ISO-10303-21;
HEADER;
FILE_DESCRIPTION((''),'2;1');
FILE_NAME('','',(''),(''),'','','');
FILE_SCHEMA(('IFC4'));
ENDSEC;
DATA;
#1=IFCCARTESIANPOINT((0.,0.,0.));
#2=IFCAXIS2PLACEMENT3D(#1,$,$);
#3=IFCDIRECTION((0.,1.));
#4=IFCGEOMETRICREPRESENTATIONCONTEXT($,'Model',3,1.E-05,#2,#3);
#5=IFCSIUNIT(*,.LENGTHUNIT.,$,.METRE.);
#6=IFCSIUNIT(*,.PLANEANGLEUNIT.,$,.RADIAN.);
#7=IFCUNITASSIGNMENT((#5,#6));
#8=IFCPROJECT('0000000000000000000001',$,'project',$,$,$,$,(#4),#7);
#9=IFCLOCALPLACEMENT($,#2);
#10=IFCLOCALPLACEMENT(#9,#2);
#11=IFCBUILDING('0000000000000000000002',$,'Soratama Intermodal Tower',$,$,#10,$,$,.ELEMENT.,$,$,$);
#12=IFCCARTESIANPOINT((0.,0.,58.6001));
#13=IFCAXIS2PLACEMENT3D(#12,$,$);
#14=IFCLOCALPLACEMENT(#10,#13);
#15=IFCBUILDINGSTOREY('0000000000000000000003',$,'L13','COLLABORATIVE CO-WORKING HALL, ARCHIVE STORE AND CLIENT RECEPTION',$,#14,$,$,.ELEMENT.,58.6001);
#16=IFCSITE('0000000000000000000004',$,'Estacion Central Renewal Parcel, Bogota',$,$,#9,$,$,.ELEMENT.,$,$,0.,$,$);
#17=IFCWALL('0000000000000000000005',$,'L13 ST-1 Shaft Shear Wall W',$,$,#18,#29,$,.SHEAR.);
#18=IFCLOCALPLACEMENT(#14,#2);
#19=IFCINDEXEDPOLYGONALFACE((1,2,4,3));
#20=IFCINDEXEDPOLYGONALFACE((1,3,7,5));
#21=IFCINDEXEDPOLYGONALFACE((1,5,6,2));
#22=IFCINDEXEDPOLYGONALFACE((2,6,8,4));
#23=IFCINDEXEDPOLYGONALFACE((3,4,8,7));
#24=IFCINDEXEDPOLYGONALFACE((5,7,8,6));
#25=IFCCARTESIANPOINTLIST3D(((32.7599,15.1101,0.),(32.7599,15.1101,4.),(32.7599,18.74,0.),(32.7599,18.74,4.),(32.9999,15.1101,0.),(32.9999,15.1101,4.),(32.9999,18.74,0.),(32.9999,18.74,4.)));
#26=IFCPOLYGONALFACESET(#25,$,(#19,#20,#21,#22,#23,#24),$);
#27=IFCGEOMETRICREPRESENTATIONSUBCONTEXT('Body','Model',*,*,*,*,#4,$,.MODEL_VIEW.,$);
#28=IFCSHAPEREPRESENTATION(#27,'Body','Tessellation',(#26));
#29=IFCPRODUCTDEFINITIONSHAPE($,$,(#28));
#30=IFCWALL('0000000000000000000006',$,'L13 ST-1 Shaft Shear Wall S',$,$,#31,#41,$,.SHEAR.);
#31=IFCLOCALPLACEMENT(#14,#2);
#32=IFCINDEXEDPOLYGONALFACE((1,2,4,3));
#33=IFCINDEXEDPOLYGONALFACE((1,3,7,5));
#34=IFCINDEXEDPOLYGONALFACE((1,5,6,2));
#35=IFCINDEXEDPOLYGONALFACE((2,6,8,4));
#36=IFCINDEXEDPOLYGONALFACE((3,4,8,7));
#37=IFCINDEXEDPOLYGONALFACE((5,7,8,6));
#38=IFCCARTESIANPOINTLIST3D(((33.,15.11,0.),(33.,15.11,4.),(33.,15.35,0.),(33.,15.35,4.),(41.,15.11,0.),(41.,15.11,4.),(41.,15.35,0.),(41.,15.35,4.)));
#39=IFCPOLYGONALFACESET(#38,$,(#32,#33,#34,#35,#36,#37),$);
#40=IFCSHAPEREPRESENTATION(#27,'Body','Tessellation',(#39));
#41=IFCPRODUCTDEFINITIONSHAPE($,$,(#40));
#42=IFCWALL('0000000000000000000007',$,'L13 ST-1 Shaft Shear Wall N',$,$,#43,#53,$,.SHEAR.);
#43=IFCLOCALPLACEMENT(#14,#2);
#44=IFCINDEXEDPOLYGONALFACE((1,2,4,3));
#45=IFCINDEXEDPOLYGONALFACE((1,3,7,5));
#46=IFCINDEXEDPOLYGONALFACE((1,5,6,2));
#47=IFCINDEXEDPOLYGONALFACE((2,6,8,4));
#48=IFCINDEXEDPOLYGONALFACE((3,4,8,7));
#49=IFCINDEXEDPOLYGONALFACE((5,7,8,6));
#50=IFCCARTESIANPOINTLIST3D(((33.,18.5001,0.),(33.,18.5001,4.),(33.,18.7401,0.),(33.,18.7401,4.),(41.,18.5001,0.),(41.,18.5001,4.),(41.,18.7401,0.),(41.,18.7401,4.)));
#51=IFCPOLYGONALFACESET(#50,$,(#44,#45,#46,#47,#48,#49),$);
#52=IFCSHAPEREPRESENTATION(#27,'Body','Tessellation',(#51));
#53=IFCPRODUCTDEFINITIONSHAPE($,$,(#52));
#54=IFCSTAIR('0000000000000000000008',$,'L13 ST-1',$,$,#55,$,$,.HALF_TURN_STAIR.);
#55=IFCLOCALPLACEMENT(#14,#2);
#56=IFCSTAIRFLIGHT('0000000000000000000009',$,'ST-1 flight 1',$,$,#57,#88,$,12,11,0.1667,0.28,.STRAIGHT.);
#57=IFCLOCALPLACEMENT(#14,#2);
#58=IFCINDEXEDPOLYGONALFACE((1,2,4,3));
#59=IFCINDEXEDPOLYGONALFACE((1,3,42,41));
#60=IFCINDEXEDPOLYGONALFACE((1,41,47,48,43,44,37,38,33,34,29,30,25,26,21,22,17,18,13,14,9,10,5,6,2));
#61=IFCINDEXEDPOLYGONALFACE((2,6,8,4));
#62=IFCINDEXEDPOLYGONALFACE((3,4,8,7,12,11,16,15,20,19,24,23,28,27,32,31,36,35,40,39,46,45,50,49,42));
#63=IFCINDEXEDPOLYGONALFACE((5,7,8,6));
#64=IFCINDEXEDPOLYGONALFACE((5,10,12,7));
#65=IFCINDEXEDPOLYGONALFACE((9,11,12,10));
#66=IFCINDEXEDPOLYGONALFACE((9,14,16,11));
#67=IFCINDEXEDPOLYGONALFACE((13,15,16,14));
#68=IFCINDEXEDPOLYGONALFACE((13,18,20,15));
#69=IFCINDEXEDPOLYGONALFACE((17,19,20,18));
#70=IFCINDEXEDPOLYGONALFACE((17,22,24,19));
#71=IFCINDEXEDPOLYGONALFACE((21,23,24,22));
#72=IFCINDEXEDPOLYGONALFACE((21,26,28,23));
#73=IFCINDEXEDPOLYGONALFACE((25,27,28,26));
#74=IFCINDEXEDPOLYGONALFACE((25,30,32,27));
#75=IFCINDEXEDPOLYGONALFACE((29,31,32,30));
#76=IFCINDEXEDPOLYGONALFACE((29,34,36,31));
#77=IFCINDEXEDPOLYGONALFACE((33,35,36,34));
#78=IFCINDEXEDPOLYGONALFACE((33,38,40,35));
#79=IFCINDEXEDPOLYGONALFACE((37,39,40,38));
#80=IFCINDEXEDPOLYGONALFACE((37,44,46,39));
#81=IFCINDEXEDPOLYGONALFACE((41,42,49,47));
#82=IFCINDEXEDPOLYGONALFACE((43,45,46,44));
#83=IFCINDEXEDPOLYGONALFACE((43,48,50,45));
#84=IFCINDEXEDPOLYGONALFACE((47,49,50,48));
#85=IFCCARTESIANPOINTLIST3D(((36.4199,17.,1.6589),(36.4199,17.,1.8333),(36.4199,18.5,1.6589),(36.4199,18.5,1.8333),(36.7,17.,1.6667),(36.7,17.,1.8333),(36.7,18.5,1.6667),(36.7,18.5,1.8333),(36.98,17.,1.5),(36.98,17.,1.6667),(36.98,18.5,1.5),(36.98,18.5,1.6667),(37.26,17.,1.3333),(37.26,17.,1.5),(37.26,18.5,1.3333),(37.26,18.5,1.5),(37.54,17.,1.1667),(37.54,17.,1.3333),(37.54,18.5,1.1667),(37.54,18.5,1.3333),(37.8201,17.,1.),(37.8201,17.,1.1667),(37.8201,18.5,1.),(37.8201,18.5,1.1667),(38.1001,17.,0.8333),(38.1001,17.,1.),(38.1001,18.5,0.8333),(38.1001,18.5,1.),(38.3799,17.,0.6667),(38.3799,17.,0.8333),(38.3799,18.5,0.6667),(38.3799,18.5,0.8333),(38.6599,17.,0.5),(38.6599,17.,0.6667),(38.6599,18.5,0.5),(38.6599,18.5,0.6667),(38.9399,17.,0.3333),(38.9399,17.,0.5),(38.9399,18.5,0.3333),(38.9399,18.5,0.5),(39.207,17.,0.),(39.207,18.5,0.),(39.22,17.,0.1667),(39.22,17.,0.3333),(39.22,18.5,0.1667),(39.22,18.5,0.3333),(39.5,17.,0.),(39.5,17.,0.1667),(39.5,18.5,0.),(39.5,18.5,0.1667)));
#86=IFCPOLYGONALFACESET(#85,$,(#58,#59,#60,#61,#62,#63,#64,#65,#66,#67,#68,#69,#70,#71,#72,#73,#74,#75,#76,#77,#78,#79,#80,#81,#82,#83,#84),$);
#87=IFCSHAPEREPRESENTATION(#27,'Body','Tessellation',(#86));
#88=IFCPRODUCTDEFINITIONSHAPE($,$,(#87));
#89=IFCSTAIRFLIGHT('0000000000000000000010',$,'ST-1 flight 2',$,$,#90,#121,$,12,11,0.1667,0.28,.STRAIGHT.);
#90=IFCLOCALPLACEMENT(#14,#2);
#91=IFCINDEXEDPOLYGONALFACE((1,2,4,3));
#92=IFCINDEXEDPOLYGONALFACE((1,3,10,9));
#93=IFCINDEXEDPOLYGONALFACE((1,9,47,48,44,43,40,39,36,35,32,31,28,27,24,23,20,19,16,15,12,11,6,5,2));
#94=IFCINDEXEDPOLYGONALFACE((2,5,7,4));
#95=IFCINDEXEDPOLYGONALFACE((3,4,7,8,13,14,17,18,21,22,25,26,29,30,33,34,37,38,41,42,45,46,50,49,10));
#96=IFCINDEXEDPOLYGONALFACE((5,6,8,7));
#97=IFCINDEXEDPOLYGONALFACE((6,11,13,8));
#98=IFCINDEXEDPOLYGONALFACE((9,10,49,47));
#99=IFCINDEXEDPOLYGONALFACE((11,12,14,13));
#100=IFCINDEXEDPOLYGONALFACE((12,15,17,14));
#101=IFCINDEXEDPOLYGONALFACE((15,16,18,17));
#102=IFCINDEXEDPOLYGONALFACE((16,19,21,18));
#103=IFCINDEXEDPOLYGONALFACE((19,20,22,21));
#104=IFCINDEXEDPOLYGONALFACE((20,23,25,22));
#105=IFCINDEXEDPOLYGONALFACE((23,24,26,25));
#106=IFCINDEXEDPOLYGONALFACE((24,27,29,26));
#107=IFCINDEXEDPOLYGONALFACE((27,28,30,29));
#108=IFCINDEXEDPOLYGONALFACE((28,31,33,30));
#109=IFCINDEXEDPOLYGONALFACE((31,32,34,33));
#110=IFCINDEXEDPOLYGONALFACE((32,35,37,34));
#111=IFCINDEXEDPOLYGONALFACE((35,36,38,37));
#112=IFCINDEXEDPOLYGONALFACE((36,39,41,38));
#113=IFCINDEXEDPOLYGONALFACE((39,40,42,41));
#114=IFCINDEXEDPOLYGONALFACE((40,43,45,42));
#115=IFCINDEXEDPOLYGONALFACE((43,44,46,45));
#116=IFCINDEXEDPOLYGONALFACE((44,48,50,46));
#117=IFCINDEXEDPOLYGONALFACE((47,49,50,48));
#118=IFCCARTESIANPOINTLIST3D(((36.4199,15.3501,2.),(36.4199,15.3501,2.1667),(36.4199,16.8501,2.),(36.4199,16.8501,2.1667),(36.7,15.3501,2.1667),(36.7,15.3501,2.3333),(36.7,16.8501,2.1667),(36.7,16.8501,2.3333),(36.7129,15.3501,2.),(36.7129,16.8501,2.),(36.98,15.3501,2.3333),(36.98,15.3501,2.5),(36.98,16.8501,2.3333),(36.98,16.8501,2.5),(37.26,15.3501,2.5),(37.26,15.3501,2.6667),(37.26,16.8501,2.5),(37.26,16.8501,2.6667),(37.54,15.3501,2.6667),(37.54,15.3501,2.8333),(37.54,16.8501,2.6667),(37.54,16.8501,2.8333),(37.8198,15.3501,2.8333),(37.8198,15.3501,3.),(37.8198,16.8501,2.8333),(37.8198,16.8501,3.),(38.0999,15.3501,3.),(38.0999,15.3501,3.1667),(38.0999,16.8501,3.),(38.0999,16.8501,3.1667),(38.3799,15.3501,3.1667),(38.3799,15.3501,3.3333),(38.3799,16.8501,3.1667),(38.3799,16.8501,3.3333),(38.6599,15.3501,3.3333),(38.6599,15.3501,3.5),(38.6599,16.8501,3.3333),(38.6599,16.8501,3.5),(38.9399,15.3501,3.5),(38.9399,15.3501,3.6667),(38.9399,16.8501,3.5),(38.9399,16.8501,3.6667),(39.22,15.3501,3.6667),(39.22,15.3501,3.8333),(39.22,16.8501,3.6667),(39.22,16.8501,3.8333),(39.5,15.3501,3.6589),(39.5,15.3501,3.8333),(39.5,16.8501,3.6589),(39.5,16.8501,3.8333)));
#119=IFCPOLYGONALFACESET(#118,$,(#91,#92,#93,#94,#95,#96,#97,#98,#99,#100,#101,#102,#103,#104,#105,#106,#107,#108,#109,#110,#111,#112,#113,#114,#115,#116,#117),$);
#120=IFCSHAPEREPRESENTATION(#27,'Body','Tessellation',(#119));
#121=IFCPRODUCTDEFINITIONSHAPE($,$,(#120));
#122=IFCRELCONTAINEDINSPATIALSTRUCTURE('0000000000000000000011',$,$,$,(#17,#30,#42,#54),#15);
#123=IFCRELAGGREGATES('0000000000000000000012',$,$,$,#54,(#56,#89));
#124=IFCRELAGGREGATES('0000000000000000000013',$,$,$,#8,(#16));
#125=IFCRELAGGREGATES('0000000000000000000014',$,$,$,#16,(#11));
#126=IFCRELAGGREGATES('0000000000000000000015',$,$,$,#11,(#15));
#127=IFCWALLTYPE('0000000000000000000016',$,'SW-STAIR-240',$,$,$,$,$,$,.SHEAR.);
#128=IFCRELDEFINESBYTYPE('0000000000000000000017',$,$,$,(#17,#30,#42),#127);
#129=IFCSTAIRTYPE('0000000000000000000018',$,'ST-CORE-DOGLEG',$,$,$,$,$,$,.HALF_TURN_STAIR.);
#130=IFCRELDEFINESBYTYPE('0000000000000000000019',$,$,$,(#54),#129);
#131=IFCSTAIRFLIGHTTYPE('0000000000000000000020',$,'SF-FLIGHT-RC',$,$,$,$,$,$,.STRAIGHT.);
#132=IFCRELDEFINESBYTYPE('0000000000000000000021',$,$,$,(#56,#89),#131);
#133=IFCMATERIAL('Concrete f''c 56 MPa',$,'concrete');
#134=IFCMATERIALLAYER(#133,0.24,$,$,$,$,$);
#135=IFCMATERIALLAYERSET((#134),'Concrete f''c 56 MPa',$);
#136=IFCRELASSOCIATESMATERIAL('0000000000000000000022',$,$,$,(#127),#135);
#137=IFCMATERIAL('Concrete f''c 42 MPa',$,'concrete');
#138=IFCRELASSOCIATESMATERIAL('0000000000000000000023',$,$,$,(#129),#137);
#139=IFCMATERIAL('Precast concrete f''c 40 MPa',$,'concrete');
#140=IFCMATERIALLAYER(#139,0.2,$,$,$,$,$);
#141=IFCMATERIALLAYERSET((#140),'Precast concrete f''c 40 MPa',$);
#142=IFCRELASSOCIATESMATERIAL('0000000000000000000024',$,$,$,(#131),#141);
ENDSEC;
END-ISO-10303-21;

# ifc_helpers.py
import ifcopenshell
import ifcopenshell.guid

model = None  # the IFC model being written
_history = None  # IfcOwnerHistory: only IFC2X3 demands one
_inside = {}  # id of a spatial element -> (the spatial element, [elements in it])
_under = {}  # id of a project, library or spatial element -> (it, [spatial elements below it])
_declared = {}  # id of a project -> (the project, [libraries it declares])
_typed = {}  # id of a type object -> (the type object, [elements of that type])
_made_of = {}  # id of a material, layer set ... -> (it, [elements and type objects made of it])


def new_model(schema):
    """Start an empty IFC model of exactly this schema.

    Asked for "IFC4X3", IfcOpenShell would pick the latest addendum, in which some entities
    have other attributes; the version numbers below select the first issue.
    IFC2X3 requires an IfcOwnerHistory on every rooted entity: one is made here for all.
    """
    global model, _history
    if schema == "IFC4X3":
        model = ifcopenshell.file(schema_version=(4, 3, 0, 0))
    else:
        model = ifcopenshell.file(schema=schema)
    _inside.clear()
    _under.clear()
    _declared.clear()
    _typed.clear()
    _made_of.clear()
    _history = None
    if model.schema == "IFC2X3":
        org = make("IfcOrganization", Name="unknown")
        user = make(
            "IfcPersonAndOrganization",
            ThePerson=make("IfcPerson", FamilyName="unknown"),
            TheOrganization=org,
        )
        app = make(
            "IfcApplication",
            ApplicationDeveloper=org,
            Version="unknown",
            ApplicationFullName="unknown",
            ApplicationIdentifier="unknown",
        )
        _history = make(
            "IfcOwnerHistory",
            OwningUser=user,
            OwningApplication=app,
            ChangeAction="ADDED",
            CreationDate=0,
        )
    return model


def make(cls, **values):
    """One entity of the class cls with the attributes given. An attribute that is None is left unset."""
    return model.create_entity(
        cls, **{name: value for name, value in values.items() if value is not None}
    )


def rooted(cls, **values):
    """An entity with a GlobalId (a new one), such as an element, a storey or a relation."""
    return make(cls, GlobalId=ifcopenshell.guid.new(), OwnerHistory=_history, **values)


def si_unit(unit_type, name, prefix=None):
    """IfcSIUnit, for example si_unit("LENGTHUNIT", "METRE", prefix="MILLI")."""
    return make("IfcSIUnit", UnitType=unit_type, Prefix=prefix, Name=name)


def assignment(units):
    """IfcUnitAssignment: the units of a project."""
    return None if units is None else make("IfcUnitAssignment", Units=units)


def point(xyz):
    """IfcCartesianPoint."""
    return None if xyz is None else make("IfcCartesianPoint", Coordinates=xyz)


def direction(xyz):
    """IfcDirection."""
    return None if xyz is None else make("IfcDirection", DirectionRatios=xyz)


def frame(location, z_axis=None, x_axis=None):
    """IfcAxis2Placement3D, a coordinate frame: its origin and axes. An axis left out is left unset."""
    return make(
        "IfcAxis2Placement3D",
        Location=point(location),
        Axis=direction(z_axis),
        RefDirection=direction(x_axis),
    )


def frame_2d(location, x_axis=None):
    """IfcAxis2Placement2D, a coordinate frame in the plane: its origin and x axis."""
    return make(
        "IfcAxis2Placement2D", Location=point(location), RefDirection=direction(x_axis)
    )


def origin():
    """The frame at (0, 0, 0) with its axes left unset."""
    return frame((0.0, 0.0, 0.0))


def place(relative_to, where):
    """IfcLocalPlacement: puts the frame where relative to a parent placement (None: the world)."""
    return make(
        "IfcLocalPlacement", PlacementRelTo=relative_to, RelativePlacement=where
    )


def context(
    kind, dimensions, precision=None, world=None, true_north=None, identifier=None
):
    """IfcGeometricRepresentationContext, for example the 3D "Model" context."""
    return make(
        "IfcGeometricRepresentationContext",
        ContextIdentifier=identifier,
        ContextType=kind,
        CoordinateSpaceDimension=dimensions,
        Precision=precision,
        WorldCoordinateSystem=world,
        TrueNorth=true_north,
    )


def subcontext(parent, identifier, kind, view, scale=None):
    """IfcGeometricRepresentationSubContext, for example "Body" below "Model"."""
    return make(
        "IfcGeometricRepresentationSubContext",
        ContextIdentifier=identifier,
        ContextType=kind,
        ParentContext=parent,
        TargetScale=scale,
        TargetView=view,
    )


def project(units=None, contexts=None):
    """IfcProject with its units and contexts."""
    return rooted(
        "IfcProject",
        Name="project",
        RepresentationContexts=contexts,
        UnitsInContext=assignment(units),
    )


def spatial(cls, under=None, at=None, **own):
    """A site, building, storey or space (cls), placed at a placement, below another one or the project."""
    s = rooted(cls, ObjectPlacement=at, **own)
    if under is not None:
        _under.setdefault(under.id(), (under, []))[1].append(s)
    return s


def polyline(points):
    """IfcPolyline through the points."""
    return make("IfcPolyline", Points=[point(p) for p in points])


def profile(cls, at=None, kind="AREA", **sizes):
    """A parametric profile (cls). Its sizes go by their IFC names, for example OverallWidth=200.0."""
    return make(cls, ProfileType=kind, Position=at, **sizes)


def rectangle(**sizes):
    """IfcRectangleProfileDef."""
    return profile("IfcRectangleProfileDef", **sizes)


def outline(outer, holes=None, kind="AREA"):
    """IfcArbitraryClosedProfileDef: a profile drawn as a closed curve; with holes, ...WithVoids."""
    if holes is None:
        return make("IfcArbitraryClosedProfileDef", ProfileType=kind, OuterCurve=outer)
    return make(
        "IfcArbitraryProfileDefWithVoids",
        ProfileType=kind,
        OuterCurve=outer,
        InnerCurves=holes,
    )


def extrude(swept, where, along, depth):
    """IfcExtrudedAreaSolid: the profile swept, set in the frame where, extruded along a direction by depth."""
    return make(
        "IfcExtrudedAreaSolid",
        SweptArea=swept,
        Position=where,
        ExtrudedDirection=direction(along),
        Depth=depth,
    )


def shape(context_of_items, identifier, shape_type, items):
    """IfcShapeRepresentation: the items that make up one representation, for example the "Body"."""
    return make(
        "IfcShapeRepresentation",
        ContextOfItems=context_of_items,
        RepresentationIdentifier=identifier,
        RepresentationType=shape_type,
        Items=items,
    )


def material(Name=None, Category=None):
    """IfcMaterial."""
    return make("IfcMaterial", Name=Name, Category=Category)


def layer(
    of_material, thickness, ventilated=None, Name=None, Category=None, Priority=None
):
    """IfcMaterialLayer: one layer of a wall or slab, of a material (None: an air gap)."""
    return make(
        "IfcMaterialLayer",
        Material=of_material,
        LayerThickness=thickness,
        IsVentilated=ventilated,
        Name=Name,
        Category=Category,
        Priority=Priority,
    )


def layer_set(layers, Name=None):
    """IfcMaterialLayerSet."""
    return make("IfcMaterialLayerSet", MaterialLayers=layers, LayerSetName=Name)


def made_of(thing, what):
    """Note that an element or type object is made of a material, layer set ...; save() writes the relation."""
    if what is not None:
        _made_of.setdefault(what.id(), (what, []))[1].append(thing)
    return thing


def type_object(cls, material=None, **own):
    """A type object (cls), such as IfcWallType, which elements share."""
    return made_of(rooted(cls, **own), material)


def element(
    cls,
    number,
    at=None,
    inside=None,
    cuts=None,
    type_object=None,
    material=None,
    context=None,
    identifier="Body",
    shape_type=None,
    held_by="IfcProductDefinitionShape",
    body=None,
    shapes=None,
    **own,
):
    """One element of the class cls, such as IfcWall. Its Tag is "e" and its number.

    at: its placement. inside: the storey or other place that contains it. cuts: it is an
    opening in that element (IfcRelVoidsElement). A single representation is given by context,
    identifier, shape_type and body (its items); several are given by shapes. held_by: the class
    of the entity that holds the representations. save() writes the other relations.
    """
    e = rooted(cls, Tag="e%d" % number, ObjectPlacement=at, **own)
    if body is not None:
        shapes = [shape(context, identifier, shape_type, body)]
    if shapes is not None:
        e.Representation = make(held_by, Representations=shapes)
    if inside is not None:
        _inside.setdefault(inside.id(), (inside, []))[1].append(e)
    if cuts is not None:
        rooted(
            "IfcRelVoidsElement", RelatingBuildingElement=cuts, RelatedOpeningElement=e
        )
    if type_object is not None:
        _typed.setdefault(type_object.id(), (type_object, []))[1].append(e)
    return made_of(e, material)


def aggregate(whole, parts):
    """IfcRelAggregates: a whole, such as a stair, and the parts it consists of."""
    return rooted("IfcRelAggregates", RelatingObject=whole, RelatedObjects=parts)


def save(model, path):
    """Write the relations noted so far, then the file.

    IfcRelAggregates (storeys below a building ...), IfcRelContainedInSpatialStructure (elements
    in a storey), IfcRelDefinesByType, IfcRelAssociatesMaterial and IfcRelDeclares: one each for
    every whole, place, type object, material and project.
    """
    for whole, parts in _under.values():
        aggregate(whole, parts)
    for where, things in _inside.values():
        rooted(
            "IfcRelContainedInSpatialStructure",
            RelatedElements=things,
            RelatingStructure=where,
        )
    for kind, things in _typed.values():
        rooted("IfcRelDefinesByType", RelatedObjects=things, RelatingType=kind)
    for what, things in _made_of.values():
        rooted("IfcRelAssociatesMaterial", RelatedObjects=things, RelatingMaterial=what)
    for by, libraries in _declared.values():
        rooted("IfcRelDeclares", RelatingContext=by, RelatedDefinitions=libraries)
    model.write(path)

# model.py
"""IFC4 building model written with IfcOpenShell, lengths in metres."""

from ifc_helpers import new_model, si_unit, direction, frame, frame_2d, origin, place, context, subcontext, project, spatial, polyline, rectangle, outline, extrude, material, layer, layer_set, type_object, element, aggregate, save


model = new_model("IFC4")

# Units and contexts
model_context = context("Model", 3, precision=1e-05, world=origin(), true_north=direction((0.0, 1.0)))
body_context = subcontext(model_context, "Body", "Model", "MODEL_VIEW")
ifc_project = project(units=[si_unit("LENGTHUNIT", "METRE"), si_unit("PLANEANGLEUNIT", "RADIAN")], contexts=[model_context])

# Site, building, storey
site_placement = place(None, origin())
site = spatial("IfcSite", under=ifc_project, at=site_placement, Name="Estacion Central Renewal Parcel, Bogota", CompositionType="ELEMENT", RefElevation=0.0)
building_placement = place(site_placement, origin())
building = spatial("IfcBuilding", under=site, at=building_placement, Name="Soratama Intermodal Tower", CompositionType="ELEMENT")
storey_placement = place(building_placement, frame((0.0, 0.0, 58.6001)))
storey = spatial("IfcBuildingStorey", under=building, at=storey_placement, Name="L13", Description="COLLABORATIVE CO-WORKING HALL, ARCHIVE STORE AND CLIENT RECEPTION", CompositionType="ELEMENT", Elevation=58.6001)

# Walls
ifc_material_1 = material(Name="Concrete f'c 56 MPa", Category="concrete")
ifc_layer_1 = layer(ifc_material_1, 0.24)
ifc_layer_set_1 = layer_set([ifc_layer_1], Name="Concrete f'c 56 MPa")
wall_type_1 = type_object("IfcWallType", Name="SW-STAIR-240", PredefinedType="SHEAR", material=ifc_layer_set_1)
wall_1_placement = place(storey_placement, frame((32.8799, 15.1101, 0.0), z_axis=(0.0, 0.0, 1.0), x_axis=(0.0, 1.0, 0.0)))
element("IfcWall", 1, at=wall_1_placement, inside=storey, type_object=wall_type_1, Name="L13 ST-1 Shaft Shear Wall W", PredefinedType="SHEAR", context=body_context, shape_type="SweptSolid", body=[
    extrude(rectangle(XDim=3.6299, YDim=0.24, at=frame_2d((1.8149, 0.0))), origin(), (0.0, 0.0, 1.0), 4.0),
])
for number, where, z_axis, x_axis, name in (
    (2, (33.0, 15.23, 0.0), (0.0, 0.0, 1.0), (1.0, 0.0, 0.0), "L13 ST-1 Shaft Shear Wall S"),
    (3, (33.0, 18.6201, 0.0), (0.0, 0.0, 1.0), (1.0, 0.0, 0.0), "L13 ST-1 Shaft Shear Wall N"),
):
    element("IfcWall", number, at=place(storey_placement, frame(where, z_axis=z_axis, x_axis=x_axis)), inside=storey, type_object=wall_type_1, Name=name, PredefinedType="SHEAR", context=body_context, shape_type="SweptSolid", body=[
        extrude(rectangle(XDim=8.0, YDim=0.24, at=frame_2d((4.0, 0.0))), origin(), (0.0, 0.0, 1.0), 4.0),
    ])

# Stair, stair flights
ifc_material_2 = material(Name="Concrete f'c 42 MPa", Category="concrete")
stair_type = type_object("IfcStairType", Name="ST-CORE-DOGLEG", PredefinedType="HALF_TURN_STAIR", material=ifc_material_2)
stair_placement = place(storey_placement, origin())
stair = element("IfcStair", 4, at=stair_placement, inside=storey, type_object=stair_type, Name="L13 ST-1", PredefinedType="HALF_TURN_STAIR")
ifc_material_3 = material(Name="Precast concrete f'c 40 MPa", Category="concrete")
ifc_layer_2 = layer(ifc_material_3, 0.2)
ifc_layer_set_2 = layer_set([ifc_layer_2], Name="Precast concrete f'c 40 MPa")
stair_flight_type = type_object("IfcStairFlightType", Name="SF-FLIGHT-RC", PredefinedType="STRAIGHT", material=ifc_layer_set_2)
stair_flight_1_placement = place(storey_placement, frame((39.5, 17.75, 0.0), z_axis=(0.0, 0.0, 1.0), x_axis=(-1.0, 0.0, 0.0)))
stair_flight_1 = element("IfcStairFlight", 5, at=stair_flight_1_placement, type_object=stair_flight_type, Name="ST-1 flight 1", NumberOfRisers=12, NumberOfTreads=11, PredefinedType="STRAIGHT", RiserHeight=0.1667, TreadLength=0.28, context=body_context, shape_type="SweptSolid", body=[
    extrude(outline(polyline([(0.0, 0.0), (0.0, 0.1667), (0.28, 0.1667), (0.28, 0.3333), (0.5601, 0.3333), (0.5601, 0.5), (0.8401, 0.5), (0.8401, 0.6667), (1.1201, 0.6667), (1.1201, 0.8333), (1.3999, 0.8333), (1.3999, 1.0), (1.6799, 1.0), (1.6799, 1.1667), (1.96, 1.1667), (1.96, 1.3333), (2.24, 1.3333), (2.24, 1.5), (2.52, 1.5), (2.52, 1.6667), (2.8, 1.6667), (2.8, 1.8333), (3.0801, 1.8333), (3.0801, 2.0), (3.0801, 1.6589), (0.293, 0.0), (0.0, 0.0)])), frame((0.0, 0.75, 0.0), z_axis=(0.0, -1.0, 0.0), x_axis=(1.0, 0.0, 0.0)), (0.0, 0.0, 1.0), 1.5),
])
stair_flight_2_placement = place(storey_placement, frame((36.4199, 16.1001, 2.0), z_axis=(0.0, 0.0, 1.0), x_axis=(1.0, 0.0, 0.0)))
stair_flight_2 = element("IfcStairFlight", 6, at=stair_flight_2_placement, type_object=stair_flight_type, Name="ST-1 flight 2", NumberOfRisers=12, NumberOfTreads=11, PredefinedType="STRAIGHT", RiserHeight=0.1667, TreadLength=0.28, context=body_context, shape_type="SweptSolid", body=[
    extrude(outline(polyline([(0.0, 0.0), (0.0, 0.1667), (0.28, 0.1667), (0.28, 0.3333), (0.5601, 0.3333), (0.5601, 0.5), (0.8401, 0.5), (0.8401, 0.6667), (1.1201, 0.6667), (1.1201, 0.8333), (1.3999, 0.8333), (1.3999, 1.0), (1.6799, 1.0), (1.6799, 1.1667), (1.96, 1.1667), (1.96, 1.3333), (2.24, 1.3333), (2.24, 1.5), (2.52, 1.5), (2.52, 1.6667), (2.8, 1.6667), (2.8, 1.8333), (3.0801, 1.8333), (3.0801, 2.0), (3.0801, 1.6589), (0.293, 0.0), (0.0, 0.0)])), frame((0.0, 0.75, 0.0), z_axis=(0.0, -1.0, 0.0), x_axis=(1.0, 0.0, 0.0)), (0.0, 0.0, 1.0), 1.5),
])
aggregate(stair, [stair_flight_1, stair_flight_2])

save(model, "model.ifc")
